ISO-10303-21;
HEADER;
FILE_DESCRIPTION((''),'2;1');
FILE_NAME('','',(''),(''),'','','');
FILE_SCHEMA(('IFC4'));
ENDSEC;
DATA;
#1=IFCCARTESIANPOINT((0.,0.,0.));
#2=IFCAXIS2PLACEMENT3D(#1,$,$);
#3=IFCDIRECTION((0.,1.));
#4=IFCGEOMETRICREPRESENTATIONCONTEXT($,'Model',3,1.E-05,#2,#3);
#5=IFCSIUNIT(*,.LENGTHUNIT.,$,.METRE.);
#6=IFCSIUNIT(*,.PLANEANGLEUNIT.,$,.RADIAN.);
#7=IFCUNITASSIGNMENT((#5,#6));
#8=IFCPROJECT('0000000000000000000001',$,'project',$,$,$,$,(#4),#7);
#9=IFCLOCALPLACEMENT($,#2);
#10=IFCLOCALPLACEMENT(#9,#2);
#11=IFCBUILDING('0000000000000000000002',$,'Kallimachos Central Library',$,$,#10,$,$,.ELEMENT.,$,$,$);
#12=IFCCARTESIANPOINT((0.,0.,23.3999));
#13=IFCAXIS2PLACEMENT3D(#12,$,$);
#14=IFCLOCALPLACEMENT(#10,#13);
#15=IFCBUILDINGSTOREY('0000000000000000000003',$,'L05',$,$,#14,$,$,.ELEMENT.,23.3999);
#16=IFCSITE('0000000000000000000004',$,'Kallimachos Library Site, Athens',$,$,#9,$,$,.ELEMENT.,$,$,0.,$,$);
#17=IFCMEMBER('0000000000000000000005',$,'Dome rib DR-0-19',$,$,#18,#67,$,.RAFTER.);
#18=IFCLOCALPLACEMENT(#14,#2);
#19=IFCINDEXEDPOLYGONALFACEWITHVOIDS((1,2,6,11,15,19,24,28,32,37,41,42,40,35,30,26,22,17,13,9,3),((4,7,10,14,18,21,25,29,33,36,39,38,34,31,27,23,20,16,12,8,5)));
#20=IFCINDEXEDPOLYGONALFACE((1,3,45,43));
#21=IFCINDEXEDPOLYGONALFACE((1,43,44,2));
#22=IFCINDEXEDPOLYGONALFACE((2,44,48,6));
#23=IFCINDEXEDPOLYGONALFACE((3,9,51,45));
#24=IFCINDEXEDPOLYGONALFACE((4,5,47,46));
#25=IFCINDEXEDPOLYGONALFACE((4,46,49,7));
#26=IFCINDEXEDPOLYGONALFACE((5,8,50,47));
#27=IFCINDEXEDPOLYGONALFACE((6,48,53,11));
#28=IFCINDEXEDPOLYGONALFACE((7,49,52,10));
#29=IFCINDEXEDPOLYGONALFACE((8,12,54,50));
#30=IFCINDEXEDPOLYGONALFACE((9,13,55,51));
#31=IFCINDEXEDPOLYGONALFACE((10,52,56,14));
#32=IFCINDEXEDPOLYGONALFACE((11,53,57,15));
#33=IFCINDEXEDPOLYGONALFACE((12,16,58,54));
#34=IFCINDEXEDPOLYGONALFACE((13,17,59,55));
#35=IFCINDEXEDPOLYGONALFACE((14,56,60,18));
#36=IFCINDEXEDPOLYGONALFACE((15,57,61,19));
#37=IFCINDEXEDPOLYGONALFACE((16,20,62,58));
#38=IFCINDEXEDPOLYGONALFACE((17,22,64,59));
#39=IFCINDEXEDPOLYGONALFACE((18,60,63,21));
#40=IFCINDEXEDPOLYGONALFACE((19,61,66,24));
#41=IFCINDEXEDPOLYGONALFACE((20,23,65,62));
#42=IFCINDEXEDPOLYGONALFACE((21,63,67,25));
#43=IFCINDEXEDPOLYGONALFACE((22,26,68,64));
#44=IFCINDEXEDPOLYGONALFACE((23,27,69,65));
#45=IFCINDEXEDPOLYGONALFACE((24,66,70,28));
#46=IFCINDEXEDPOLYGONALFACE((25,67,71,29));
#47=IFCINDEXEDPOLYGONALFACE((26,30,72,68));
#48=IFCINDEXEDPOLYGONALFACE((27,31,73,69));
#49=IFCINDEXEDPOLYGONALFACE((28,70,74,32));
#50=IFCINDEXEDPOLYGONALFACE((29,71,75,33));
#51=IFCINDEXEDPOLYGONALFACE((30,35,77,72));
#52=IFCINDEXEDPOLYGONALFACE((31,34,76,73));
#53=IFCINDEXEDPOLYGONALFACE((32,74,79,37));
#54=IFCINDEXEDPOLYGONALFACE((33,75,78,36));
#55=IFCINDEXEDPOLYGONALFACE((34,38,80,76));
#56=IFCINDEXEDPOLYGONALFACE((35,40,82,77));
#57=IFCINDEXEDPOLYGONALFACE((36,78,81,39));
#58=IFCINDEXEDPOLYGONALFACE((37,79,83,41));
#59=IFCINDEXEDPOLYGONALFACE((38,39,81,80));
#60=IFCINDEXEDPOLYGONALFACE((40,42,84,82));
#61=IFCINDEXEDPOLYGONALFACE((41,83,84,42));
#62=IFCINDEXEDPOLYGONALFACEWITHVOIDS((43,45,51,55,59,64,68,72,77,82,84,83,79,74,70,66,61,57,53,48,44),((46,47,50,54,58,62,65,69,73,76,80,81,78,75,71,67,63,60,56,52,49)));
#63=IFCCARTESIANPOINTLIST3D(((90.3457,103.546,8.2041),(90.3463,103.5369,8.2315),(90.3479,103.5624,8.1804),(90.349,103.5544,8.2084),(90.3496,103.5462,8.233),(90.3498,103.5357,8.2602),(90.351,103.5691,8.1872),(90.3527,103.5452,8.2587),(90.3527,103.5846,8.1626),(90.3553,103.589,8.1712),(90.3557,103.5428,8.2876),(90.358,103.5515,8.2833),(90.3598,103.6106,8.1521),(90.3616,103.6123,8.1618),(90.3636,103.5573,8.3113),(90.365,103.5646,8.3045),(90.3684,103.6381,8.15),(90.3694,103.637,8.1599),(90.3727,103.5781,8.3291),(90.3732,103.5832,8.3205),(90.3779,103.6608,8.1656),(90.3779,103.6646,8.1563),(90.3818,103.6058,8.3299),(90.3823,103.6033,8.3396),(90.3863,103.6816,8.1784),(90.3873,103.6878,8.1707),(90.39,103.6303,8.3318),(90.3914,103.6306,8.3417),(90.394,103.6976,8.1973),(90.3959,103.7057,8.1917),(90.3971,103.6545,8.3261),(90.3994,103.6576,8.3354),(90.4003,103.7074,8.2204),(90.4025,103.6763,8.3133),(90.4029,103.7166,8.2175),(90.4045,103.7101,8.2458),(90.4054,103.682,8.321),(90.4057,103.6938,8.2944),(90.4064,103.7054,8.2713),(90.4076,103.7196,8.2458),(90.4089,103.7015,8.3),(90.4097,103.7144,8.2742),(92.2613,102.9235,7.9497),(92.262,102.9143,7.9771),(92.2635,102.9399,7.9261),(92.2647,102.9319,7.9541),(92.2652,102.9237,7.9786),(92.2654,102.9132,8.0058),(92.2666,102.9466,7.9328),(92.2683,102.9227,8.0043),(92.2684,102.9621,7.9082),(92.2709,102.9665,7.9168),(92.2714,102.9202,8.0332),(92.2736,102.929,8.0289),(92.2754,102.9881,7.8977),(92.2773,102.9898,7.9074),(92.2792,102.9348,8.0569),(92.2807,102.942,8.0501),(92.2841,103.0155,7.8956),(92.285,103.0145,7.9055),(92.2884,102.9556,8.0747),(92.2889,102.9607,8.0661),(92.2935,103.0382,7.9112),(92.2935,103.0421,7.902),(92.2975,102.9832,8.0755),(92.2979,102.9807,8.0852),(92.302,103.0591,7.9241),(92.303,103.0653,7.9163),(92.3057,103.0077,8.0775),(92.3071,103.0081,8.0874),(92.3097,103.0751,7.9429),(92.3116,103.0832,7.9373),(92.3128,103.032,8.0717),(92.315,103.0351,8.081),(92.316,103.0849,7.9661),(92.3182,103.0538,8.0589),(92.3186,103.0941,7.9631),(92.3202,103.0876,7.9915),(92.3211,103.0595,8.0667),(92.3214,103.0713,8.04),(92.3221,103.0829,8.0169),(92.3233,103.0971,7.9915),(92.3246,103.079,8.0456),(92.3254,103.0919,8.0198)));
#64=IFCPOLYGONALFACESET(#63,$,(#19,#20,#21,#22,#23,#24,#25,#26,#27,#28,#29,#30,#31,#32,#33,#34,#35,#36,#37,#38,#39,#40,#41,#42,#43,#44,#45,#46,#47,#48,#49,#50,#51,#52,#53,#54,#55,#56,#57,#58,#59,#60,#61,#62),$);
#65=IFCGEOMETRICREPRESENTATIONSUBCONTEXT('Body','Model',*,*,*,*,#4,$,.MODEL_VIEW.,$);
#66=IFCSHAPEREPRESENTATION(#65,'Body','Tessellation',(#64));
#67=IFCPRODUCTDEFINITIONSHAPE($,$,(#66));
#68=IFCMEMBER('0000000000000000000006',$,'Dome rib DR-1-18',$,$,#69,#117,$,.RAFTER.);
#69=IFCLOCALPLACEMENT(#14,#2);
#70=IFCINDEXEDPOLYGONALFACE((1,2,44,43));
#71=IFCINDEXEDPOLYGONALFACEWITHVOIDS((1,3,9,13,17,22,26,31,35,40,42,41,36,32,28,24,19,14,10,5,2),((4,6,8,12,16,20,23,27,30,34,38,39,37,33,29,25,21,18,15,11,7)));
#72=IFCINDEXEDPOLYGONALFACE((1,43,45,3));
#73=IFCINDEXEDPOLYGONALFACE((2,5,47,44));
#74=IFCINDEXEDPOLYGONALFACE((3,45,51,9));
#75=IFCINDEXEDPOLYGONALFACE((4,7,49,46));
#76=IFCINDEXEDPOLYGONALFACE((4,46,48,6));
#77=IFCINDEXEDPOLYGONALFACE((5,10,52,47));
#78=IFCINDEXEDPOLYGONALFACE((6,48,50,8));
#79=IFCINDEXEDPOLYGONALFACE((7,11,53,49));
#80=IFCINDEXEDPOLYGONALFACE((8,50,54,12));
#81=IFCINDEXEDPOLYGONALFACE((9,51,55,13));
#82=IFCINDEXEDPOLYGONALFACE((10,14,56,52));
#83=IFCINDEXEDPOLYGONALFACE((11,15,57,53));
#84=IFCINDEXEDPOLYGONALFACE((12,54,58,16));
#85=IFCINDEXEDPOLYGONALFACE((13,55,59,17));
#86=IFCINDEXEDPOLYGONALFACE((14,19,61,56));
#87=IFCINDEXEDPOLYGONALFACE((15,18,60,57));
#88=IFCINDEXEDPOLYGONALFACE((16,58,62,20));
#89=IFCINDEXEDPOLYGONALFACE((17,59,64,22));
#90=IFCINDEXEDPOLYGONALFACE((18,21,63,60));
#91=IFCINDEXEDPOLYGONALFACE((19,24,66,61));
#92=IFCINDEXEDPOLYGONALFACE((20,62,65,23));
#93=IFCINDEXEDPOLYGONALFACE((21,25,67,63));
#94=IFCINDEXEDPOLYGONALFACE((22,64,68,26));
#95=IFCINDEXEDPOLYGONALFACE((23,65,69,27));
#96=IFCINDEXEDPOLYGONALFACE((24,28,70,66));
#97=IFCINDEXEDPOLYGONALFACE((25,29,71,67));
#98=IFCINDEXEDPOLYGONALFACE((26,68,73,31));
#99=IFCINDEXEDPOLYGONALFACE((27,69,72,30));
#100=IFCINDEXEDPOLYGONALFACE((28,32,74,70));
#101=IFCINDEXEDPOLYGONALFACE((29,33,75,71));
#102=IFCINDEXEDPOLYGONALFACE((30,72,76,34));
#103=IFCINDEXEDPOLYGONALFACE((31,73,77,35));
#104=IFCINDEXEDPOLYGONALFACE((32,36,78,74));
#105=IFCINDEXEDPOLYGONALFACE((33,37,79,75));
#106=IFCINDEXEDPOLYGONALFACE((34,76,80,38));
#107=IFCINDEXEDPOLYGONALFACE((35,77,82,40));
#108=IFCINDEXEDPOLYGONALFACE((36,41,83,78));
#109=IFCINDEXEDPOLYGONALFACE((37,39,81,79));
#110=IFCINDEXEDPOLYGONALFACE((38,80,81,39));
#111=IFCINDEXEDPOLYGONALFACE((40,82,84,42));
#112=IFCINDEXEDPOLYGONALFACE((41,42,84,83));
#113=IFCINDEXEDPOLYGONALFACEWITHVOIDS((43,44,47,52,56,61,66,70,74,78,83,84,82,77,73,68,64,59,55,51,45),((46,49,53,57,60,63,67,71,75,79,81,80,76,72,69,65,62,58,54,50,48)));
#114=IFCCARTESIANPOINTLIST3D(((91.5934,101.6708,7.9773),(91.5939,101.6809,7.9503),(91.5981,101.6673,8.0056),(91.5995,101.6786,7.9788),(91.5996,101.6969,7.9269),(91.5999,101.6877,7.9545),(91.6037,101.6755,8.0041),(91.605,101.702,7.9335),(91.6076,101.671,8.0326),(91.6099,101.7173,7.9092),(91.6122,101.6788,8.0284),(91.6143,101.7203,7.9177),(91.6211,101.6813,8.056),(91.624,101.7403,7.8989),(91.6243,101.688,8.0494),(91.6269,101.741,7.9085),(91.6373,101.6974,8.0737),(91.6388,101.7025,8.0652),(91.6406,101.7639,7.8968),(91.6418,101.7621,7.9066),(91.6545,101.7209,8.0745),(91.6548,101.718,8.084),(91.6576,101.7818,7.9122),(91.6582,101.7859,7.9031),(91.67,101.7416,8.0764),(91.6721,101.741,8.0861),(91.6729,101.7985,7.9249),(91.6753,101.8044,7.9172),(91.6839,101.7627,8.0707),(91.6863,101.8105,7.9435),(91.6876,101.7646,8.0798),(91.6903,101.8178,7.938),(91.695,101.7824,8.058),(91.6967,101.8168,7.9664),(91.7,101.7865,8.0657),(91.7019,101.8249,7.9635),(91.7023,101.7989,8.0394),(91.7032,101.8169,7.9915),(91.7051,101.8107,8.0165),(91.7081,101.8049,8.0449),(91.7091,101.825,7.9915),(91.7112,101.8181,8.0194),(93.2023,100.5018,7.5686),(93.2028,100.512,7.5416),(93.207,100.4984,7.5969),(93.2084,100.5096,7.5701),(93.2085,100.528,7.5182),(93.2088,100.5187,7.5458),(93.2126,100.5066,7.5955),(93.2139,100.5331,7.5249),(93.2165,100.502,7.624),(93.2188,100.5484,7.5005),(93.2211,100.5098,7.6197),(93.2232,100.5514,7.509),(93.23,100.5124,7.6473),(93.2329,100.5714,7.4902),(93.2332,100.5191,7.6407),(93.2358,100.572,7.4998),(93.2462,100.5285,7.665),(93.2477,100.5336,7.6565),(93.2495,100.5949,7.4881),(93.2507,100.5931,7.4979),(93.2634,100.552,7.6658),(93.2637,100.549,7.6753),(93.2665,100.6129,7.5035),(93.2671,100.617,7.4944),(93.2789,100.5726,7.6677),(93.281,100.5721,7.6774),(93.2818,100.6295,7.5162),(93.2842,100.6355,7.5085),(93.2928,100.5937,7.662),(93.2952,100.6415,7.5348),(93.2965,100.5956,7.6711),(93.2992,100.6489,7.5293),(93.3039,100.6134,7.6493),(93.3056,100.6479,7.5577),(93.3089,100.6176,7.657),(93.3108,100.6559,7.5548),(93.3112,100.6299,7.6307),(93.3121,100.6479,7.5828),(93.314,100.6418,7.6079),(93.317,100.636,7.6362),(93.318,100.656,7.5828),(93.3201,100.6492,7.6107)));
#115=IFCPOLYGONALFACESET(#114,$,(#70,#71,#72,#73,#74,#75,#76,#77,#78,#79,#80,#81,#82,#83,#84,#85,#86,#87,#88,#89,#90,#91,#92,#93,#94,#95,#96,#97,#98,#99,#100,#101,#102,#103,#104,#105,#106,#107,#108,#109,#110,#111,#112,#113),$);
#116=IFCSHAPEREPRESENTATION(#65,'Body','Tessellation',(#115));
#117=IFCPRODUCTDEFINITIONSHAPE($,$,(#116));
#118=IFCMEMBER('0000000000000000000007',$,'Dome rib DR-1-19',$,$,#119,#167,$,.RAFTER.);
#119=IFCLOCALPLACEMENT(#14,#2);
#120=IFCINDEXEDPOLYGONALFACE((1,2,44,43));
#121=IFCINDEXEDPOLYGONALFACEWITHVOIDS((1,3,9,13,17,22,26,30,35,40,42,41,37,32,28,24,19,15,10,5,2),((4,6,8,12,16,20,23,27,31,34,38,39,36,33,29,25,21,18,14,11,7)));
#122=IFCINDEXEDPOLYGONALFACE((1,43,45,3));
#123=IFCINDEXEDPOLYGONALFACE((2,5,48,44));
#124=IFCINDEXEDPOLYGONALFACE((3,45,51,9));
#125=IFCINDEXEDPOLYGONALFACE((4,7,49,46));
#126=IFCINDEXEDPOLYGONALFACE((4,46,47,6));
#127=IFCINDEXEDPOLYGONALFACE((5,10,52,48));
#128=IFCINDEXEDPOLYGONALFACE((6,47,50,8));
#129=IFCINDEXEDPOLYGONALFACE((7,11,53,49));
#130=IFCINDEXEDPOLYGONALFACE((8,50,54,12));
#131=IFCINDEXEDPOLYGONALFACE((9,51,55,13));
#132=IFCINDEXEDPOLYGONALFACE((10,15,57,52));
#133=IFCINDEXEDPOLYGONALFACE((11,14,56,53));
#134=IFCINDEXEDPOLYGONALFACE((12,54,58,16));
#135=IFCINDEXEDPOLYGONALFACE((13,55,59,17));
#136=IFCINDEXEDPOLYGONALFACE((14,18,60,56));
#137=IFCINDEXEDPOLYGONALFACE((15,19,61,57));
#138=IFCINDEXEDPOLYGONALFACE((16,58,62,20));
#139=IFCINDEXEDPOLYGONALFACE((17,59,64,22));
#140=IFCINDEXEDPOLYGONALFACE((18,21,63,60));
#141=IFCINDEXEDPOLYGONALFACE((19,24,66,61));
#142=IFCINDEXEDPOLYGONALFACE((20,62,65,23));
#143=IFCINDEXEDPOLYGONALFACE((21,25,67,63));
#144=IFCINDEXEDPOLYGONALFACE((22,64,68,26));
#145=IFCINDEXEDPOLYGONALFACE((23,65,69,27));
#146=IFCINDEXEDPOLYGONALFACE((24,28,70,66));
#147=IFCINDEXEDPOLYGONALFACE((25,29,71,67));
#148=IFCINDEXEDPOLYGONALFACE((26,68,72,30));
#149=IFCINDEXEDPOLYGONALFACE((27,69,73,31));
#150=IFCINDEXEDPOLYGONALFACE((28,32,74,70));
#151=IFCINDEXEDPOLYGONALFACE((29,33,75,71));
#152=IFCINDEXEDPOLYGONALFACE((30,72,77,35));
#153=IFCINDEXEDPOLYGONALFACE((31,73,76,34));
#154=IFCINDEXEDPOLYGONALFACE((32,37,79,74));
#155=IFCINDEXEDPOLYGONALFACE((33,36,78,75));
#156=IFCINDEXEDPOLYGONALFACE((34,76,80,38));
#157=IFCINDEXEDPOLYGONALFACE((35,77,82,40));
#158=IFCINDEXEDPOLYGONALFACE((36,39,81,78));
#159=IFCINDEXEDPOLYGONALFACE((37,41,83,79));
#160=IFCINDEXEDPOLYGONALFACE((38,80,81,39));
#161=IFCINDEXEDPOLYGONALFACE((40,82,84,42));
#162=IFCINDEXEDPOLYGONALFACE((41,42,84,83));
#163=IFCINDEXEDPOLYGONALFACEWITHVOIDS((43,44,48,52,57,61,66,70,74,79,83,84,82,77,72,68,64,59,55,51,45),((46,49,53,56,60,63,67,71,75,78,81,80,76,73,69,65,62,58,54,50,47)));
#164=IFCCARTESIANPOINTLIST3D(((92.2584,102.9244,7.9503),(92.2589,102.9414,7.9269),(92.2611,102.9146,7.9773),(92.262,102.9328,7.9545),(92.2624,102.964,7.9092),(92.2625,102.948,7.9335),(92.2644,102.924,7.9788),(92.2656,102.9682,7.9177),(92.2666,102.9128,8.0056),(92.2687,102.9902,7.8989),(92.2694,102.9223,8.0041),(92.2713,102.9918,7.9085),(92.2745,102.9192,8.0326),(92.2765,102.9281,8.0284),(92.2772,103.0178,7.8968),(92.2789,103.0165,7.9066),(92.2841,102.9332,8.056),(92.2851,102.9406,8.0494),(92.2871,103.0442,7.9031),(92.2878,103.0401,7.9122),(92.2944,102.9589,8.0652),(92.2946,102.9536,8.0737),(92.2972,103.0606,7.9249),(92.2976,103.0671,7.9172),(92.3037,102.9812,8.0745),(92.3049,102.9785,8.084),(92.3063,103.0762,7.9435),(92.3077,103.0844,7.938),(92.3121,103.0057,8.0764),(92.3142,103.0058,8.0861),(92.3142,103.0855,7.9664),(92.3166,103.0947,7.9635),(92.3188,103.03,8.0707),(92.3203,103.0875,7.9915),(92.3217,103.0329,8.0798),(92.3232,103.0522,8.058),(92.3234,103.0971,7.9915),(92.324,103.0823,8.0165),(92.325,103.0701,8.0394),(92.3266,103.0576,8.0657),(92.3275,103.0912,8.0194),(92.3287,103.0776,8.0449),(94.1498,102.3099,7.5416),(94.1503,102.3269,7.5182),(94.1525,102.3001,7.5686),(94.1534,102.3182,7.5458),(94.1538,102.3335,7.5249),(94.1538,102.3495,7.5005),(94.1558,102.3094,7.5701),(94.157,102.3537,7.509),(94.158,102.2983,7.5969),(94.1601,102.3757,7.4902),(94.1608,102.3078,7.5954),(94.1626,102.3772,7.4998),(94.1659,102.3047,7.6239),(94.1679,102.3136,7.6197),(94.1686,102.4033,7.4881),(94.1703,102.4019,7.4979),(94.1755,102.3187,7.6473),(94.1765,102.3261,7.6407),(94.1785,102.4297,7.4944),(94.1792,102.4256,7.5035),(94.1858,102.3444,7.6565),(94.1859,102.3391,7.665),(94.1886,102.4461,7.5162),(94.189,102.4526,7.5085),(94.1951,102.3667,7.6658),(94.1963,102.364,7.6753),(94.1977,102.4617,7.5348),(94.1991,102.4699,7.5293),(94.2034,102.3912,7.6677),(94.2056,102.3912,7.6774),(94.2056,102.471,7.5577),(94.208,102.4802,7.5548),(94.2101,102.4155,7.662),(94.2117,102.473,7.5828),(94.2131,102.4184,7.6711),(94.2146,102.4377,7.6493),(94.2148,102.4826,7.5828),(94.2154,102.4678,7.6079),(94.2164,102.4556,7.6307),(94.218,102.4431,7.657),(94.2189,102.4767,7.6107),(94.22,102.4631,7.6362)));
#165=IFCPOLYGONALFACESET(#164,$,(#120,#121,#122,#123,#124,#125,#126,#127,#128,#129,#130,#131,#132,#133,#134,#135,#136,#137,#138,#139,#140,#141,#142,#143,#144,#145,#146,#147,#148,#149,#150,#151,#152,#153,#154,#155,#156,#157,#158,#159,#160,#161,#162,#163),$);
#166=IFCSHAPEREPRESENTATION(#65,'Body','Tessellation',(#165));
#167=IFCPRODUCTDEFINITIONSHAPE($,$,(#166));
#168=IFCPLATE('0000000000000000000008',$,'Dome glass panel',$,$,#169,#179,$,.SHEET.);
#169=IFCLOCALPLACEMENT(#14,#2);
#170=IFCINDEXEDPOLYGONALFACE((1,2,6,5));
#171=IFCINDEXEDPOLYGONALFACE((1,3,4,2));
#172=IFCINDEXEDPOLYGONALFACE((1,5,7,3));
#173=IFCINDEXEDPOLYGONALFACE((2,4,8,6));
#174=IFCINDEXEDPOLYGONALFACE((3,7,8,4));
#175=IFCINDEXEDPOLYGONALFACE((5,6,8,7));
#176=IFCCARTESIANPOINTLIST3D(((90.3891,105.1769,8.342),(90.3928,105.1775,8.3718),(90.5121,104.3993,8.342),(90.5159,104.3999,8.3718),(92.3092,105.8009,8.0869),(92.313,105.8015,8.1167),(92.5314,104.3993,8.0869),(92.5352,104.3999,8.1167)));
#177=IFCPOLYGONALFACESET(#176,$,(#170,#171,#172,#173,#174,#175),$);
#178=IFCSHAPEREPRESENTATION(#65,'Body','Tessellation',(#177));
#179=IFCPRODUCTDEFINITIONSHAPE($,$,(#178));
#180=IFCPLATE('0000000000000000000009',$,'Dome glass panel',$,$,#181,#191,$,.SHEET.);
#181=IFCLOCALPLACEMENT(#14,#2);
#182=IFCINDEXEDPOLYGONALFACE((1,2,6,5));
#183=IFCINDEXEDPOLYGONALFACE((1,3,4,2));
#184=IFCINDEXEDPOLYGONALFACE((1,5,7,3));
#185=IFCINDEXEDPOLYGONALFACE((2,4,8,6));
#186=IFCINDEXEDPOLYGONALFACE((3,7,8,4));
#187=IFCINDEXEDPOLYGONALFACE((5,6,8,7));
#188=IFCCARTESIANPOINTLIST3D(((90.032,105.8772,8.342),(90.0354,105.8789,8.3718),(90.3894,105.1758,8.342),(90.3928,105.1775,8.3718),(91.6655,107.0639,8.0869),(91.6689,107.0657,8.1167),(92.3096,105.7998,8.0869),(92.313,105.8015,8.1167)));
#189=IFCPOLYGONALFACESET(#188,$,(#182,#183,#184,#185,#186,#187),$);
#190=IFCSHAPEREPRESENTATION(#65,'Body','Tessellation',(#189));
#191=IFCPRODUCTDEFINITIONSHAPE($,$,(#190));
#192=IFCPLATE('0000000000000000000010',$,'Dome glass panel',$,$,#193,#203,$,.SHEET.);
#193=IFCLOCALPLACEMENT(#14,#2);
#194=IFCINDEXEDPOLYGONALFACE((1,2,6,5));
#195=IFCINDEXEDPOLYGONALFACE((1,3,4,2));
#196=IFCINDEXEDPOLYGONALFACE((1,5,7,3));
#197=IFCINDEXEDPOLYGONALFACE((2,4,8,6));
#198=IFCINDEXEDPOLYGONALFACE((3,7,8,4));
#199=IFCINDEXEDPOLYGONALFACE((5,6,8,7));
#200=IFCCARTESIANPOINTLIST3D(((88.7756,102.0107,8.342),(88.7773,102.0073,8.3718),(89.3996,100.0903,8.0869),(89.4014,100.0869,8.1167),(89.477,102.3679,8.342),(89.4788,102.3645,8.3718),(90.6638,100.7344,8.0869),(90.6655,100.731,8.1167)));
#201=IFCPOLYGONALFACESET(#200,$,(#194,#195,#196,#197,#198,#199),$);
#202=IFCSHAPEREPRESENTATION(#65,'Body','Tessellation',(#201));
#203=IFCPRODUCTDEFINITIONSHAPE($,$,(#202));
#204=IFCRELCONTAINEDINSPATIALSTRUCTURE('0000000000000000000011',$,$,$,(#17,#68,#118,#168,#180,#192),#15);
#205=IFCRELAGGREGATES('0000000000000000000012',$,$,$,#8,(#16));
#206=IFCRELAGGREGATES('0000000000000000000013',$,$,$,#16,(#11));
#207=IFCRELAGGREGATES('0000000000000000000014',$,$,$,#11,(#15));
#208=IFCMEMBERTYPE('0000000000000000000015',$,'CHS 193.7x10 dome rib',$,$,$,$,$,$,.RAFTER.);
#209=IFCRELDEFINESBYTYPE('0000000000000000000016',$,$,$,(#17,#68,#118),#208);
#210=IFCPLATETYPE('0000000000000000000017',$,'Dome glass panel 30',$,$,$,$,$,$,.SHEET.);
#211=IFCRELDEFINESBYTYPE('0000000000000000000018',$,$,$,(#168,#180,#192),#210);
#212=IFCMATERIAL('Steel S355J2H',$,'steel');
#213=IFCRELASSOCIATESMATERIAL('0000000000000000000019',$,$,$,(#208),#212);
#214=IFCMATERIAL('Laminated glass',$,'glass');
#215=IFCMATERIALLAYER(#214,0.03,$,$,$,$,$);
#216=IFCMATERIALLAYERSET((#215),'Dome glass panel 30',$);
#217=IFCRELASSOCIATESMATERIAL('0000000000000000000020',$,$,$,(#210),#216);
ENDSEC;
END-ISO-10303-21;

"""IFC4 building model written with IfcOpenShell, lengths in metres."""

from ifc_helpers import new_model, si_unit, direction, frame, origin, origin_2d, place, context, subcontext, project, spatial, polyline, hollow_circle, outline, extrude, material, layer, layer_set, material_profile, profile_set, type_object, element, save


model = new_model("IFC4")

# Units and contexts
model_context = context("Model", 3, precision=1e-05, world=origin(), true_north=direction((0.0, 1.0)))
body_context = subcontext(model_context, "Body", "Model", "MODEL_VIEW")
ifc_project = project(units=[si_unit("LENGTHUNIT", "METRE"), si_unit("PLANEANGLEUNIT", "RADIAN")], contexts=[model_context])

# Site, building, storey
site_placement = place(None, origin())
site = spatial("IfcSite", under=ifc_project, at=site_placement, Name="Kallimachos Library Site, Athens", CompositionType="ELEMENT", RefElevation=0.0)
building_placement = place(site_placement, origin())
building = spatial("IfcBuilding", under=site, at=building_placement, Name="Kallimachos Central Library", CompositionType="ELEMENT")
storey_placement = place(building_placement, frame((0.0, 0.0, 23.3999)))
storey = spatial("IfcBuildingStorey", under=building, at=storey_placement, Name="L05", CompositionType="ELEMENT", Elevation=23.3999)

# Members
ifc_material_1 = material(Name="Steel S355J2H", Category="steel")
ifc_material_profile_1 = material_profile(ifc_material_1, hollow_circle(Radius=0.0969, WallThickness=0.01, at=origin_2d()), Name="CHS 193.7x10")
ifc_profile_set_1 = profile_set([ifc_material_profile_1], Name="Steel S355J2H")
member_type_1 = type_object("IfcMemberType", Name="CHS 193.7x10 dome rib", PredefinedType="RAFTER", material=ifc_profile_set_1)
for number, where, z_axis, x_axis, name in (
    (1, (90.3777, 103.6274, 8.2458), (0.943549, -0.30662, -0.125294), (0.309056, 0.951044, 0.0), "Dome rib DR-0-19"),
    (2, (91.6521, 101.7466, 7.9915), (0.792451, -0.57576, -0.201299), (0.587792, 0.809012, 0.0), "Dome rib DR-1-18"),
    (3, (92.2935, 103.0049, 7.9915), (0.931593, -0.302675, -0.201302), (0.309, 0.951062, 0.0), "Dome rib DR-1-19"),
):
    element("IfcMember", number, at=place(storey_placement, frame(where, z_axis=z_axis, x_axis=x_axis)), inside=storey, type_object=member_type_1, Name=name, PredefinedType="RAFTER", context=body_context, shape_type="SweptSolid", body=[
        extrude(hollow_circle(Radius=0.0969, WallThickness=0.01, at=origin_2d()), origin(), (0.0, 0.0, 1.0), 2.0303),
    ])

# Plates
ifc_material_2 = material(Name="Laminated glass", Category="glass")
ifc_layer = layer(ifc_material_2, 0.03)
ifc_layer_set = layer_set([ifc_layer], Name="Dome glass panel 30")
plate_type = type_object("IfcPlateType", Name="Dome glass panel 30", PredefinedType="SHEET", material=ifc_layer_set)
plate_1_placement = place(storey_placement, frame((90.5159, 104.3999, 8.3718), z_axis=(0.125332, 0.019854, 0.991916), x_axis=(0.992112, 0.0, -0.125357)))
element("IfcPlate", 4, at=plate_1_placement, inside=storey, type_object=plate_type, Name="Dome glass panel", PredefinedType="SHEET", context=body_context, shape_type="SweptSolid", body=[
    extrude(outline(polyline([(0.0, 0.0), (2.0353, 0.0), (1.8149, 1.4019), (-0.1221, 0.7777), (0.0, 0.0)])), origin(), (0.0, 0.0, -1.0), 0.03),
])
plate_2_placement = place(storey_placement, frame((90.3928, 105.1775, 8.3718), z_axis=(0.113068, 0.057608, 0.991916), x_axis=(0.943536, 0.306634, -0.125362)))
element("IfcPlate", 5, at=plate_2_placement, inside=storey, type_object=plate_type, Name="Dome glass panel", PredefinedType="SHEET", context=body_context, shape_type="SweptSolid", body=[
    extrude(outline(polyline([(0.0, 0.0), (2.0351, 0.0), (1.815, 1.4016), (-0.1222, 0.7777), (0.0, 0.0)])), origin(), (0.0, 0.0, -1.0), 0.03),
])
plate_3_placement = place(storey_placement, frame((88.7773, 102.0073, 8.3718), z_axis=(0.057594, -0.113068, 0.991917), x_axis=(0.306599, -0.943548, -0.125357)))
element("IfcPlate", 6, at=plate_3_placement, inside=storey, type_object=plate_type, Name="Dome glass panel", PredefinedType="SHEET", context=body_context, shape_type="SweptSolid", body=[
    extrude(outline(polyline([(0.0, 0.0), (2.0353, 0.0), (1.8152, 1.4016), (-0.122, 0.7776), (0.0, 0.0)])), origin(), (0.0, 0.0, -1.0), 0.03),
])

save(model, "model.ifc")
